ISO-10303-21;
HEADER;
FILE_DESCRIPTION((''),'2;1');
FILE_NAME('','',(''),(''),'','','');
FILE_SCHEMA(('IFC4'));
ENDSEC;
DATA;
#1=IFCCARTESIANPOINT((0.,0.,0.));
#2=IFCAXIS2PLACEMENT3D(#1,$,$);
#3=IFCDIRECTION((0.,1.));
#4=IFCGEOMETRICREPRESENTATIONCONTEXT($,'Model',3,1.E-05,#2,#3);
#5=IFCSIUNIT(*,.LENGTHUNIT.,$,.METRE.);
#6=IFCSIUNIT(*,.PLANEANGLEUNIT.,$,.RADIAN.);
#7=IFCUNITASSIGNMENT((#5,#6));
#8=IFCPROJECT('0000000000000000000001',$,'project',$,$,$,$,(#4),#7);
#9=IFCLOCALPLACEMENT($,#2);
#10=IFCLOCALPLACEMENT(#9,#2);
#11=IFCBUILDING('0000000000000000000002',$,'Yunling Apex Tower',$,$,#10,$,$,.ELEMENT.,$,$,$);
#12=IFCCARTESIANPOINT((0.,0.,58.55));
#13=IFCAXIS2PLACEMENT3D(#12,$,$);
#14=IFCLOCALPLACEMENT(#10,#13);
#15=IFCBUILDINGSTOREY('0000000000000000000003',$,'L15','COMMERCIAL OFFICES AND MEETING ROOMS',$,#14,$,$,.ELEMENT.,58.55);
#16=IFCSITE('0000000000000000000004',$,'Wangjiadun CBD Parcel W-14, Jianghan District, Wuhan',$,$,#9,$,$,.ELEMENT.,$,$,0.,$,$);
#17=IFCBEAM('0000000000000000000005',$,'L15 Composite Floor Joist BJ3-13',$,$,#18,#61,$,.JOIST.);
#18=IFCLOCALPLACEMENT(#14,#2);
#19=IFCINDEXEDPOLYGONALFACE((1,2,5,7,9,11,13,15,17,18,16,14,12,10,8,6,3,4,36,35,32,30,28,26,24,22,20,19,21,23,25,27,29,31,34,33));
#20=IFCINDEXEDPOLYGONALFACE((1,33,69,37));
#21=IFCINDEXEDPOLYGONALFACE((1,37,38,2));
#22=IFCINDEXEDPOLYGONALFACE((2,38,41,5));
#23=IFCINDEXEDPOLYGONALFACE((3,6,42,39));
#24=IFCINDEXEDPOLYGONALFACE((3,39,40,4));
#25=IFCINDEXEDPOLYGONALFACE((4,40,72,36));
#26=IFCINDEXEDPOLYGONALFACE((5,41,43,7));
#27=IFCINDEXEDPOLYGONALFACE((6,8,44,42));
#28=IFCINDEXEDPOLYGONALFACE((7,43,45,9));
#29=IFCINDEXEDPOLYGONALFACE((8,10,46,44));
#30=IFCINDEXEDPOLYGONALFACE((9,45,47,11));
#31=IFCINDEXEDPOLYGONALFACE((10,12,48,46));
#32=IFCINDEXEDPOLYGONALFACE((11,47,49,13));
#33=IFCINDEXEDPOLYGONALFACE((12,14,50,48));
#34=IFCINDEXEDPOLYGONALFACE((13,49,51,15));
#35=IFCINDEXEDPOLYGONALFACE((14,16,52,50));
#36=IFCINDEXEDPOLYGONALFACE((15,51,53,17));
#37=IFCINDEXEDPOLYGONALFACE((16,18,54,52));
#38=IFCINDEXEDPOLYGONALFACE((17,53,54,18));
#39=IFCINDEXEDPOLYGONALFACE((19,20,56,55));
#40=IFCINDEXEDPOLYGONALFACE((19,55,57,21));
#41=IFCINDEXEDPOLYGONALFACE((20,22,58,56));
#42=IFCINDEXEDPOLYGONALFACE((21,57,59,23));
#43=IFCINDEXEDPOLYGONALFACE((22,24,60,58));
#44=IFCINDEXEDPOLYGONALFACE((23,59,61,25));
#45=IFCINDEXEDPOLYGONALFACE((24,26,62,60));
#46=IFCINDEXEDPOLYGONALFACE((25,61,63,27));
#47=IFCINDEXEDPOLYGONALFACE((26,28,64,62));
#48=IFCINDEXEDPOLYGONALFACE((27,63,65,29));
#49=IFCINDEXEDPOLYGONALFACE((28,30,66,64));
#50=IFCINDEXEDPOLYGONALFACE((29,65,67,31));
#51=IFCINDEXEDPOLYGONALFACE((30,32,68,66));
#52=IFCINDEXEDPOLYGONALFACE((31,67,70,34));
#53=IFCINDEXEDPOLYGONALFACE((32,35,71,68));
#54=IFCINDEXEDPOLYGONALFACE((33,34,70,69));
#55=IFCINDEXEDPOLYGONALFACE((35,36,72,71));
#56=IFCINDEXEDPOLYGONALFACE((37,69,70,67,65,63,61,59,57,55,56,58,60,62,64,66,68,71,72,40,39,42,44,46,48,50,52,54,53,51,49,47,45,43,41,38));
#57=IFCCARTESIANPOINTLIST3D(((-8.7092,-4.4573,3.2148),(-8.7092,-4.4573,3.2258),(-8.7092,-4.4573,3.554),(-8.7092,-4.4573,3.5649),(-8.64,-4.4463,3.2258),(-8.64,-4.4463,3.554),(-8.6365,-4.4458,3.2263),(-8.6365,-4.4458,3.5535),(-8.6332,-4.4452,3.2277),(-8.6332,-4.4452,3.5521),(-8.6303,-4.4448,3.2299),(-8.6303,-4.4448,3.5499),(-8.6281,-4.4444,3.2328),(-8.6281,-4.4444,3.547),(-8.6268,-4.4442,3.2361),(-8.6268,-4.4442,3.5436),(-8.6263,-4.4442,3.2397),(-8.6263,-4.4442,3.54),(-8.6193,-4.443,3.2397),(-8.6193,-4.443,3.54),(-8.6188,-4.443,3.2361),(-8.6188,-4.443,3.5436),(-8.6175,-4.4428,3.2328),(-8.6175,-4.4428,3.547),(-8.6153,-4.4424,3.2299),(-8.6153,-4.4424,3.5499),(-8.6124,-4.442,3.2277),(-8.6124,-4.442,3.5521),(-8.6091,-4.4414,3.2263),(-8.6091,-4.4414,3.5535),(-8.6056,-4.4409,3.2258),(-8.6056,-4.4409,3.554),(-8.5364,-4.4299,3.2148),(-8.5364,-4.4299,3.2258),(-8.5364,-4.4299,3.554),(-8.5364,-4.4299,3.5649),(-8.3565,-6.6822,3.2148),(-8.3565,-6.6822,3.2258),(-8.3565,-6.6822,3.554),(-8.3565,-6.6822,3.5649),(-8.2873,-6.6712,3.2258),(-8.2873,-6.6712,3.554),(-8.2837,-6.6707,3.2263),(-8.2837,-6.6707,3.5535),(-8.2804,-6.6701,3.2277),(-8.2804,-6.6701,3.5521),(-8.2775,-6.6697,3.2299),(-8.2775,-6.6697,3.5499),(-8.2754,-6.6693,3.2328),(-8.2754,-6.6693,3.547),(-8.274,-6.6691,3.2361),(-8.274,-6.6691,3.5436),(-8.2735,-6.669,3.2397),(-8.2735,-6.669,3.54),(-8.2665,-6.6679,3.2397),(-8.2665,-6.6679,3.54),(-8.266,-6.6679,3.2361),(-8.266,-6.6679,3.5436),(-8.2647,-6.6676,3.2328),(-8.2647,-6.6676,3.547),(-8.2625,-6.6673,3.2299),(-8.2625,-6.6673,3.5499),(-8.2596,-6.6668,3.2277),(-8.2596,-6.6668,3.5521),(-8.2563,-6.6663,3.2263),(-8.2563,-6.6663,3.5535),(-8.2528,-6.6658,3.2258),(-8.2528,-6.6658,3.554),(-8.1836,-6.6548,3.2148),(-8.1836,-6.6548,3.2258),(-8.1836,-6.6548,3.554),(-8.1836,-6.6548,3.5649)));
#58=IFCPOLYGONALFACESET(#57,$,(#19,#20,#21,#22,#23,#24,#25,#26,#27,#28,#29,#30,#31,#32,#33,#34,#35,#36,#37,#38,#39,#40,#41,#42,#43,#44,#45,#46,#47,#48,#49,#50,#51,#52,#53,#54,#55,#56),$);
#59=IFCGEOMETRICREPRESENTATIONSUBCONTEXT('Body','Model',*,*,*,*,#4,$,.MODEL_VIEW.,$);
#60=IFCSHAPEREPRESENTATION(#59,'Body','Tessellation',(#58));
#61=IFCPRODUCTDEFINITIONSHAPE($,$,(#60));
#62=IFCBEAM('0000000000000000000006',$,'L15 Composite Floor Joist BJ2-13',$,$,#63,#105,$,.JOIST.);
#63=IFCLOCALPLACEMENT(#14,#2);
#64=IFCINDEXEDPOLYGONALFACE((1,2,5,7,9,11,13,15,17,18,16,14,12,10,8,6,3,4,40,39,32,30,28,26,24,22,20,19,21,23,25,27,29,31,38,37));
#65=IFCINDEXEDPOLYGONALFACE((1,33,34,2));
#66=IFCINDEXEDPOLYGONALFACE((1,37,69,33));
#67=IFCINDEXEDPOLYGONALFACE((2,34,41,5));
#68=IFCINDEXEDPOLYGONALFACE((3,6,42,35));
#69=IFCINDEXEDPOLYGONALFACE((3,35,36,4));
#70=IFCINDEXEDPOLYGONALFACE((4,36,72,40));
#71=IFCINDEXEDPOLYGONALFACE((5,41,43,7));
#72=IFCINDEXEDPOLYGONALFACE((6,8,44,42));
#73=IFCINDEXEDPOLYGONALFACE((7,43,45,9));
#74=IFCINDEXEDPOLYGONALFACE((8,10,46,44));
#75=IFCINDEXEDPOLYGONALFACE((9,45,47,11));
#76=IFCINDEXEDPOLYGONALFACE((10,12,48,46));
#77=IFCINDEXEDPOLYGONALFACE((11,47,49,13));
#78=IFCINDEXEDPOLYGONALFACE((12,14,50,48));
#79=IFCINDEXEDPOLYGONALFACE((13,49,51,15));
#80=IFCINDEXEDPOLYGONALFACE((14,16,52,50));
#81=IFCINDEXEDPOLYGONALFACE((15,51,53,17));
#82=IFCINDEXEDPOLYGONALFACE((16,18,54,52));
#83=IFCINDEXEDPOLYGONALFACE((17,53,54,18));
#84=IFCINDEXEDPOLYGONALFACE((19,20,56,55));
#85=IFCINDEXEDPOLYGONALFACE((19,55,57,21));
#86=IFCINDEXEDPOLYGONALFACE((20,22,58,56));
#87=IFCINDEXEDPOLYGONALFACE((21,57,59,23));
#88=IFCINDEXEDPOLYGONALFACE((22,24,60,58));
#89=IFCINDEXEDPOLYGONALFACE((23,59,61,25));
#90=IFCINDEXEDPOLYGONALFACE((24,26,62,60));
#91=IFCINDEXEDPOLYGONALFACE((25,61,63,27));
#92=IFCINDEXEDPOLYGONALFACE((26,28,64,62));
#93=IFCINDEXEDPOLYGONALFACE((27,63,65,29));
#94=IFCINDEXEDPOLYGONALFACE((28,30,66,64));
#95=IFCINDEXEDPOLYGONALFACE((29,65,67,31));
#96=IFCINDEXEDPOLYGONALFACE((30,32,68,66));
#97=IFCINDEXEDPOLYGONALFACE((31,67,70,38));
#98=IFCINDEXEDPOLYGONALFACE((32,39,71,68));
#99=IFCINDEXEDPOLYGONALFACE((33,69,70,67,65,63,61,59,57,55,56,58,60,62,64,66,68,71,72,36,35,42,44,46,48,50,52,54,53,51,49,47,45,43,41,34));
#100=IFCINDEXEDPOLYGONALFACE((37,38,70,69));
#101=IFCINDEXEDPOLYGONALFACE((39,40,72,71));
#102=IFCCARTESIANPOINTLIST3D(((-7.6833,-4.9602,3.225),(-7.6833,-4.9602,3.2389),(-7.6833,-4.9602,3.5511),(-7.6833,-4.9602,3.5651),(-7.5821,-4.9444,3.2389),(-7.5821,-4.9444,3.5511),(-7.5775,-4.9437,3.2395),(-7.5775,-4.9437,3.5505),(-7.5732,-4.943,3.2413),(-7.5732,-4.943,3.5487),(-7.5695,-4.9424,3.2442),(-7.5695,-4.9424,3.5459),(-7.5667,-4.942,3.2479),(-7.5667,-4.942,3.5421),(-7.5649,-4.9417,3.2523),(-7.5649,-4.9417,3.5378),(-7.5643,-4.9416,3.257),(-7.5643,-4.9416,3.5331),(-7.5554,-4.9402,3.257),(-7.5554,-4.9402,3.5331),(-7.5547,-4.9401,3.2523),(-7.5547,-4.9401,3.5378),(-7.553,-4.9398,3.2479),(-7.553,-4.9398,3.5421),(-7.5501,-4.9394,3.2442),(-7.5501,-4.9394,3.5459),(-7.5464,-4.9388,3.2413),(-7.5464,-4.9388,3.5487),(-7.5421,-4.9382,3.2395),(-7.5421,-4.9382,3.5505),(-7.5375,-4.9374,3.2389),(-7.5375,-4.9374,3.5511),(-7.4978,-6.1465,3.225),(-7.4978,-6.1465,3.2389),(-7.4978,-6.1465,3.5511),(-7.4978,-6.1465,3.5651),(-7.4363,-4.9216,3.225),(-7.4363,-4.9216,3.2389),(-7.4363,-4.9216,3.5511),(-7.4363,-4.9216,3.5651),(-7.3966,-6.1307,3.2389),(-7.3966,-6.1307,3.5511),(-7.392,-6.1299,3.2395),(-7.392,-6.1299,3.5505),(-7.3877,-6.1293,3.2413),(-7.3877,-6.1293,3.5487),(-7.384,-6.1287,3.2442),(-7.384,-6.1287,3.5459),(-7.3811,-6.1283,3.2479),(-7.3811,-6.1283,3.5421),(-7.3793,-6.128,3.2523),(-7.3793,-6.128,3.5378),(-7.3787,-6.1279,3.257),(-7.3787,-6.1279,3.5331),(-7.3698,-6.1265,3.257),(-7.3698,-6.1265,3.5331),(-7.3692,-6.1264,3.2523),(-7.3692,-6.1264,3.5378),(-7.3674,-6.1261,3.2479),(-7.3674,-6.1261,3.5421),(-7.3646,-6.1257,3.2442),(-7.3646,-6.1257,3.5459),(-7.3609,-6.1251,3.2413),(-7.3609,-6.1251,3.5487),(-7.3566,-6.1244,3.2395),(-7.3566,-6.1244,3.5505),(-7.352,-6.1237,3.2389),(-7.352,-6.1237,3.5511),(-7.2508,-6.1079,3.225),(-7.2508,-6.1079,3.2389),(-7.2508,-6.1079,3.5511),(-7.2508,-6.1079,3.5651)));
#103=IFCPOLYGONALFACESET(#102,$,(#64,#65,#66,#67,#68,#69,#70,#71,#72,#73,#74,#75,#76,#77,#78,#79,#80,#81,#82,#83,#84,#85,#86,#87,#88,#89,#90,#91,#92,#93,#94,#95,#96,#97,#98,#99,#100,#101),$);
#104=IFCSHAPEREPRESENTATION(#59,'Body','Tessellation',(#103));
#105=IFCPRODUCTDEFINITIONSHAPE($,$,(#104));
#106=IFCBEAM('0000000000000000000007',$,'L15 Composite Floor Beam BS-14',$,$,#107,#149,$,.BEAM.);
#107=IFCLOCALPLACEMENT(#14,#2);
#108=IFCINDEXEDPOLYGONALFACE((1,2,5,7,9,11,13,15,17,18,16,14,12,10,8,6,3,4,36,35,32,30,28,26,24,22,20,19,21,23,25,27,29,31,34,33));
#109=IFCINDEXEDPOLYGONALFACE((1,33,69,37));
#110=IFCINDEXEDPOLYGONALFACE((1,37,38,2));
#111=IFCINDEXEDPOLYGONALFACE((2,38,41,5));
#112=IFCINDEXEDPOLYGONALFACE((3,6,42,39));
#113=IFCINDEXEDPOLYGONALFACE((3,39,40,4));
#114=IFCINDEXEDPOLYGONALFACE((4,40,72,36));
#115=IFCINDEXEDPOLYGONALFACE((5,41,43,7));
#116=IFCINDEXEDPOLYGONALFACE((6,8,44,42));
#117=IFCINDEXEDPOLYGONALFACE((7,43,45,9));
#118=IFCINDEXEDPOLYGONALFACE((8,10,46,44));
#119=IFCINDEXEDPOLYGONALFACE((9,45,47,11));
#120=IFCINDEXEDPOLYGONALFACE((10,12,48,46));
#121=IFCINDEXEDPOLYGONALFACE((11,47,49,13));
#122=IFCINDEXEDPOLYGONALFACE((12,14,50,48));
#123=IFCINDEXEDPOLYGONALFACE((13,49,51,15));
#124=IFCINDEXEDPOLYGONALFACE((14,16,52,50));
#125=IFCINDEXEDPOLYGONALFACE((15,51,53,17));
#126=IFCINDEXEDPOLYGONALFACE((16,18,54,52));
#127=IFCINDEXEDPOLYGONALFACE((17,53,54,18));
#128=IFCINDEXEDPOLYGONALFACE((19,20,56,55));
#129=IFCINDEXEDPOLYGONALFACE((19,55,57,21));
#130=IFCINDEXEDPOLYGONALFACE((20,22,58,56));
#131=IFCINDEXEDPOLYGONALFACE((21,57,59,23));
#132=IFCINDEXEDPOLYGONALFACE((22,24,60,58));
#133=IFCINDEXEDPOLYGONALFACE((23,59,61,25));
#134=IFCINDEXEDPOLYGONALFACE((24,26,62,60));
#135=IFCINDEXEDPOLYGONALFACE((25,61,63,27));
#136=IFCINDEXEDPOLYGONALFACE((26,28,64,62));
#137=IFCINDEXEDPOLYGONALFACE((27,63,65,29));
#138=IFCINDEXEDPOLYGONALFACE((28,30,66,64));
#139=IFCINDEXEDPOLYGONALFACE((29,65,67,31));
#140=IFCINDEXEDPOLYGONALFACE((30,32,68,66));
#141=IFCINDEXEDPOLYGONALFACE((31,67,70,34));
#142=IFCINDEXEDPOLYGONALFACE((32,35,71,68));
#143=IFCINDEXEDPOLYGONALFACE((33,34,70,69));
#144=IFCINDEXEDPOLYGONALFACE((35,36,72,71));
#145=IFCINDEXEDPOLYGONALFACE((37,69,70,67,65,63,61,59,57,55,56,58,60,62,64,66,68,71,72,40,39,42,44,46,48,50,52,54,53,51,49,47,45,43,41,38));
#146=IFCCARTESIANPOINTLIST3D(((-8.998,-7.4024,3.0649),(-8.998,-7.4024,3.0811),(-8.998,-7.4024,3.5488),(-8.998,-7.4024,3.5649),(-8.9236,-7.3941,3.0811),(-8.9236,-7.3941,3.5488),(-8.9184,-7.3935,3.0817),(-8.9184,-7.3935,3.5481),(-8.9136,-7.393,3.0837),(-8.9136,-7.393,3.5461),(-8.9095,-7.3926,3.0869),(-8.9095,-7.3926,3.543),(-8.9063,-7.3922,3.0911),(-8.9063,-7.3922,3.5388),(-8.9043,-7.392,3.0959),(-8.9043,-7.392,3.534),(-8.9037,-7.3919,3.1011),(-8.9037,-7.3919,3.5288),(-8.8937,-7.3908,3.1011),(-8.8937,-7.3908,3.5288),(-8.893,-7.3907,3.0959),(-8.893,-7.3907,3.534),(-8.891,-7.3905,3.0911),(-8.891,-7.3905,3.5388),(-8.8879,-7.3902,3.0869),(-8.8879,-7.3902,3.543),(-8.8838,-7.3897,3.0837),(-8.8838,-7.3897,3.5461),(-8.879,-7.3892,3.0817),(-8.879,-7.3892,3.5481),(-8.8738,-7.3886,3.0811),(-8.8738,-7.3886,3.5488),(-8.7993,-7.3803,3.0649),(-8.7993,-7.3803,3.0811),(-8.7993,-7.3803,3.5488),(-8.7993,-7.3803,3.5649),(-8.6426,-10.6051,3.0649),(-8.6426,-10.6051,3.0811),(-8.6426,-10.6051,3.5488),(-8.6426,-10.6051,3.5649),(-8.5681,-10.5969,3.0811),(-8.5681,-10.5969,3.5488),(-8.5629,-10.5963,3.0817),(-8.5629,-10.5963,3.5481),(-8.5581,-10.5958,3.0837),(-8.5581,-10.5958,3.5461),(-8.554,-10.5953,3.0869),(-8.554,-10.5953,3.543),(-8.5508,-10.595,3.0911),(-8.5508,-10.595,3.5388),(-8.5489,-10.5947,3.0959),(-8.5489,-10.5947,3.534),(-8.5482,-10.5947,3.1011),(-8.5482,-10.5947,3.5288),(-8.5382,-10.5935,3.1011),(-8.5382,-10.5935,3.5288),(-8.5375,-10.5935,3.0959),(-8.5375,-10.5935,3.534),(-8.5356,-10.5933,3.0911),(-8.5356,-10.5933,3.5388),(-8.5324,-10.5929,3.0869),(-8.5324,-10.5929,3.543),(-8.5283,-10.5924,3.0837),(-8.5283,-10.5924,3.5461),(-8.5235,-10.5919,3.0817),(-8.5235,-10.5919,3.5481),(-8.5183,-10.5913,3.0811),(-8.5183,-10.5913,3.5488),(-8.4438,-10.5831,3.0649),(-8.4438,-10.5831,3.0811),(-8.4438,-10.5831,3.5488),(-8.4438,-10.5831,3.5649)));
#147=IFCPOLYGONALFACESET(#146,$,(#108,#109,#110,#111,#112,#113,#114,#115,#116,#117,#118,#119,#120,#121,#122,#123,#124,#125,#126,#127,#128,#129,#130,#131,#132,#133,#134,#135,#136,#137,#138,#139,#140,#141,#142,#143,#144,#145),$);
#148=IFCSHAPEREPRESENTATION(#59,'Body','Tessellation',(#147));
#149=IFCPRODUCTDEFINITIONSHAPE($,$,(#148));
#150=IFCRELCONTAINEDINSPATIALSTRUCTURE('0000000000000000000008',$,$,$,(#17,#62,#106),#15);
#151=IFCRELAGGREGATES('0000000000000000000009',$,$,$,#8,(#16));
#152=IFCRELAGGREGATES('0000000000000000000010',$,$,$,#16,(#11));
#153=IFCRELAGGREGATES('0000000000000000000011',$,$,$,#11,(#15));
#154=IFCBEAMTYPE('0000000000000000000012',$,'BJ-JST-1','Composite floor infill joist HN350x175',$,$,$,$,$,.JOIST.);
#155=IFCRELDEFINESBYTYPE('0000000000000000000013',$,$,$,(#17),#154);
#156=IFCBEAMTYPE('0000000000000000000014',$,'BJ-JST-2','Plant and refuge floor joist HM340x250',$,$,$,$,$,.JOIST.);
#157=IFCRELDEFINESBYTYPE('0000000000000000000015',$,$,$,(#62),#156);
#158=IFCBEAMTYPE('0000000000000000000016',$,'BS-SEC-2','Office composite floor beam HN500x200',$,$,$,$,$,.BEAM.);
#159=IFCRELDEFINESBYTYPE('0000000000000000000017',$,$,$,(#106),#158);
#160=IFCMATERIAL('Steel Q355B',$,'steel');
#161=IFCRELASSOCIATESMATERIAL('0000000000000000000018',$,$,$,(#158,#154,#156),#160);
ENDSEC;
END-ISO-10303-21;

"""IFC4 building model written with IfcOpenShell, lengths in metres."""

from ifc_helpers import new_model, si_unit, direction, frame, origin, origin_2d, place, context, subcontext, project, spatial, i_section, extrude, source, transform, mapped, material, material_profile, profile_set, type_object, element, save


model = new_model("IFC4")

# Units and contexts
model_context = context("Model", 3, precision=1e-05, world=origin(), true_north=direction((0.0, 1.0)))
body_context = subcontext(model_context, "Body", "Model", "MODEL_VIEW")
ifc_project = project(units=[si_unit("LENGTHUNIT", "METRE"), si_unit("PLANEANGLEUNIT", "RADIAN")], contexts=[model_context])

# Site, building, storey
site_placement = place(None, origin())
site = spatial("IfcSite", under=ifc_project, at=site_placement, Name="Wangjiadun CBD Parcel W-14, Jianghan District, Wuhan", CompositionType="ELEMENT", RefElevation=0.0)
building_placement = place(site_placement, origin())
building = spatial("IfcBuilding", under=site, at=building_placement, Name="Yunling Apex Tower", CompositionType="ELEMENT")
storey_placement = place(building_placement, frame((0.0, 0.0, 58.55)))
storey = spatial("IfcBuildingStorey", under=building, at=storey_placement, Name="L15", Description="COMMERCIAL OFFICES AND MEETING ROOMS", CompositionType="ELEMENT", Elevation=58.55)

# Beams
ifc_material_1 = material(Name="Steel Q355B", Category="steel")
ifc_material_profile_1 = material_profile(ifc_material_1, i_section(OverallWidth=0.2, OverallDepth=0.5, WebThickness=0.01, FlangeThickness=0.0161, FilletRadius=0.02, at=origin_2d()))
ifc_profile_set_1 = profile_set([ifc_material_profile_1], Name="Steel Q355B")
beam_type_1 = type_object("IfcBeamType", Name="BS-SEC-2", Description="Office composite floor beam HN500x200", PredefinedType="BEAM", material=ifc_profile_set_1)
ifc_material_profile_2 = material_profile(ifc_material_1, i_section(OverallWidth=0.175, OverallDepth=0.3501, WebThickness=0.0071, FlangeThickness=0.011, FilletRadius=0.0139, at=origin_2d()))
ifc_profile_set_2 = profile_set([ifc_material_profile_2], Name="Steel Q355B")
beam_type_2 = type_object("IfcBeamType", Name="BJ-JST-1", Description="Composite floor infill joist HN350x175", PredefinedType="JOIST", material=ifc_profile_set_2)
shared_shape_1 = source(origin(), body_context, "Body", "SweptSolid", [
    extrude(i_section(OverallWidth=0.175, OverallDepth=0.3501, WebThickness=0.0071, FlangeThickness=0.011, FilletRadius=0.0139, at=origin_2d()), origin(), (0.0, 0.0, 1.0), 2.2527),
])
beam_1_placement = place(storey_placement, frame((-8.6228, -4.4436, 3.3899), z_axis=(0.156608, -0.987661, 0.0), x_axis=(0.987661, 0.156608, 0.0)))
element("IfcBeam", 1, at=beam_1_placement, inside=storey, type_object=beam_type_2, Name="L15 Composite Floor Joist BJ3-13", PredefinedType="JOIST", context=body_context, shape_type="MappedRepresentation", body=[
    mapped(shared_shape_1, transform((0.0, 0.0, 0.0), scale=1.0)),
])
ifc_material_profile_3 = material_profile(ifc_material_1, i_section(OverallWidth=0.25, OverallDepth=0.3401, WebThickness=0.009, FlangeThickness=0.0139, FilletRadius=0.0181, at=origin_2d()))
ifc_profile_set_3 = profile_set([ifc_material_profile_3], Name="Steel Q355B")
beam_type_3 = type_object("IfcBeamType", Name="BJ-JST-2", Description="Plant and refuge floor joist HM340x250", PredefinedType="JOIST", material=ifc_profile_set_3)
shared_shape_2 = source(origin(), body_context, "Body", "SweptSolid", [
    extrude(i_section(OverallWidth=0.25, OverallDepth=0.3401, WebThickness=0.009, FlangeThickness=0.0139, FilletRadius=0.0181, at=origin_2d()), origin(), (0.0, 0.0, 1.0), 1.2007),
])
beam_2_placement = place(storey_placement, frame((-7.5598, -4.9409, 3.395), z_axis=(0.154532, -0.987988, 0.0), x_axis=(0.987988, 0.154532, 0.0)))
element("IfcBeam", 2, at=beam_2_placement, inside=storey, type_object=beam_type_3, Name="L15 Composite Floor Joist BJ2-13", PredefinedType="JOIST", context=body_context, shape_type="MappedRepresentation", body=[
    mapped(shared_shape_2, transform((0.0, 0.0, 0.0), scale=1.0)),
])
shared_shape_3 = source(origin(), body_context, "Body", "SweptSolid", [
    extrude(i_section(OverallWidth=0.2, OverallDepth=0.5, WebThickness=0.01, FlangeThickness=0.0161, FilletRadius=0.02, at=origin_2d()), origin(), (0.0, 0.0, 1.0), 3.2224),
])
beam_3_placement = place(storey_placement, frame((-8.8987, -7.3914, 3.3149), z_axis=(0.110315, -0.993897, 0.0), x_axis=(0.993897, 0.110315, 0.0)))
element("IfcBeam", 3, at=beam_3_placement, inside=storey, type_object=beam_type_1, Name="L15 Composite Floor Beam BS-14", PredefinedType="BEAM", context=body_context, shape_type="MappedRepresentation", body=[
    mapped(shared_shape_3, transform((0.0, 0.0, 0.0), scale=1.0)),
])

save(model, "model.ifc")
